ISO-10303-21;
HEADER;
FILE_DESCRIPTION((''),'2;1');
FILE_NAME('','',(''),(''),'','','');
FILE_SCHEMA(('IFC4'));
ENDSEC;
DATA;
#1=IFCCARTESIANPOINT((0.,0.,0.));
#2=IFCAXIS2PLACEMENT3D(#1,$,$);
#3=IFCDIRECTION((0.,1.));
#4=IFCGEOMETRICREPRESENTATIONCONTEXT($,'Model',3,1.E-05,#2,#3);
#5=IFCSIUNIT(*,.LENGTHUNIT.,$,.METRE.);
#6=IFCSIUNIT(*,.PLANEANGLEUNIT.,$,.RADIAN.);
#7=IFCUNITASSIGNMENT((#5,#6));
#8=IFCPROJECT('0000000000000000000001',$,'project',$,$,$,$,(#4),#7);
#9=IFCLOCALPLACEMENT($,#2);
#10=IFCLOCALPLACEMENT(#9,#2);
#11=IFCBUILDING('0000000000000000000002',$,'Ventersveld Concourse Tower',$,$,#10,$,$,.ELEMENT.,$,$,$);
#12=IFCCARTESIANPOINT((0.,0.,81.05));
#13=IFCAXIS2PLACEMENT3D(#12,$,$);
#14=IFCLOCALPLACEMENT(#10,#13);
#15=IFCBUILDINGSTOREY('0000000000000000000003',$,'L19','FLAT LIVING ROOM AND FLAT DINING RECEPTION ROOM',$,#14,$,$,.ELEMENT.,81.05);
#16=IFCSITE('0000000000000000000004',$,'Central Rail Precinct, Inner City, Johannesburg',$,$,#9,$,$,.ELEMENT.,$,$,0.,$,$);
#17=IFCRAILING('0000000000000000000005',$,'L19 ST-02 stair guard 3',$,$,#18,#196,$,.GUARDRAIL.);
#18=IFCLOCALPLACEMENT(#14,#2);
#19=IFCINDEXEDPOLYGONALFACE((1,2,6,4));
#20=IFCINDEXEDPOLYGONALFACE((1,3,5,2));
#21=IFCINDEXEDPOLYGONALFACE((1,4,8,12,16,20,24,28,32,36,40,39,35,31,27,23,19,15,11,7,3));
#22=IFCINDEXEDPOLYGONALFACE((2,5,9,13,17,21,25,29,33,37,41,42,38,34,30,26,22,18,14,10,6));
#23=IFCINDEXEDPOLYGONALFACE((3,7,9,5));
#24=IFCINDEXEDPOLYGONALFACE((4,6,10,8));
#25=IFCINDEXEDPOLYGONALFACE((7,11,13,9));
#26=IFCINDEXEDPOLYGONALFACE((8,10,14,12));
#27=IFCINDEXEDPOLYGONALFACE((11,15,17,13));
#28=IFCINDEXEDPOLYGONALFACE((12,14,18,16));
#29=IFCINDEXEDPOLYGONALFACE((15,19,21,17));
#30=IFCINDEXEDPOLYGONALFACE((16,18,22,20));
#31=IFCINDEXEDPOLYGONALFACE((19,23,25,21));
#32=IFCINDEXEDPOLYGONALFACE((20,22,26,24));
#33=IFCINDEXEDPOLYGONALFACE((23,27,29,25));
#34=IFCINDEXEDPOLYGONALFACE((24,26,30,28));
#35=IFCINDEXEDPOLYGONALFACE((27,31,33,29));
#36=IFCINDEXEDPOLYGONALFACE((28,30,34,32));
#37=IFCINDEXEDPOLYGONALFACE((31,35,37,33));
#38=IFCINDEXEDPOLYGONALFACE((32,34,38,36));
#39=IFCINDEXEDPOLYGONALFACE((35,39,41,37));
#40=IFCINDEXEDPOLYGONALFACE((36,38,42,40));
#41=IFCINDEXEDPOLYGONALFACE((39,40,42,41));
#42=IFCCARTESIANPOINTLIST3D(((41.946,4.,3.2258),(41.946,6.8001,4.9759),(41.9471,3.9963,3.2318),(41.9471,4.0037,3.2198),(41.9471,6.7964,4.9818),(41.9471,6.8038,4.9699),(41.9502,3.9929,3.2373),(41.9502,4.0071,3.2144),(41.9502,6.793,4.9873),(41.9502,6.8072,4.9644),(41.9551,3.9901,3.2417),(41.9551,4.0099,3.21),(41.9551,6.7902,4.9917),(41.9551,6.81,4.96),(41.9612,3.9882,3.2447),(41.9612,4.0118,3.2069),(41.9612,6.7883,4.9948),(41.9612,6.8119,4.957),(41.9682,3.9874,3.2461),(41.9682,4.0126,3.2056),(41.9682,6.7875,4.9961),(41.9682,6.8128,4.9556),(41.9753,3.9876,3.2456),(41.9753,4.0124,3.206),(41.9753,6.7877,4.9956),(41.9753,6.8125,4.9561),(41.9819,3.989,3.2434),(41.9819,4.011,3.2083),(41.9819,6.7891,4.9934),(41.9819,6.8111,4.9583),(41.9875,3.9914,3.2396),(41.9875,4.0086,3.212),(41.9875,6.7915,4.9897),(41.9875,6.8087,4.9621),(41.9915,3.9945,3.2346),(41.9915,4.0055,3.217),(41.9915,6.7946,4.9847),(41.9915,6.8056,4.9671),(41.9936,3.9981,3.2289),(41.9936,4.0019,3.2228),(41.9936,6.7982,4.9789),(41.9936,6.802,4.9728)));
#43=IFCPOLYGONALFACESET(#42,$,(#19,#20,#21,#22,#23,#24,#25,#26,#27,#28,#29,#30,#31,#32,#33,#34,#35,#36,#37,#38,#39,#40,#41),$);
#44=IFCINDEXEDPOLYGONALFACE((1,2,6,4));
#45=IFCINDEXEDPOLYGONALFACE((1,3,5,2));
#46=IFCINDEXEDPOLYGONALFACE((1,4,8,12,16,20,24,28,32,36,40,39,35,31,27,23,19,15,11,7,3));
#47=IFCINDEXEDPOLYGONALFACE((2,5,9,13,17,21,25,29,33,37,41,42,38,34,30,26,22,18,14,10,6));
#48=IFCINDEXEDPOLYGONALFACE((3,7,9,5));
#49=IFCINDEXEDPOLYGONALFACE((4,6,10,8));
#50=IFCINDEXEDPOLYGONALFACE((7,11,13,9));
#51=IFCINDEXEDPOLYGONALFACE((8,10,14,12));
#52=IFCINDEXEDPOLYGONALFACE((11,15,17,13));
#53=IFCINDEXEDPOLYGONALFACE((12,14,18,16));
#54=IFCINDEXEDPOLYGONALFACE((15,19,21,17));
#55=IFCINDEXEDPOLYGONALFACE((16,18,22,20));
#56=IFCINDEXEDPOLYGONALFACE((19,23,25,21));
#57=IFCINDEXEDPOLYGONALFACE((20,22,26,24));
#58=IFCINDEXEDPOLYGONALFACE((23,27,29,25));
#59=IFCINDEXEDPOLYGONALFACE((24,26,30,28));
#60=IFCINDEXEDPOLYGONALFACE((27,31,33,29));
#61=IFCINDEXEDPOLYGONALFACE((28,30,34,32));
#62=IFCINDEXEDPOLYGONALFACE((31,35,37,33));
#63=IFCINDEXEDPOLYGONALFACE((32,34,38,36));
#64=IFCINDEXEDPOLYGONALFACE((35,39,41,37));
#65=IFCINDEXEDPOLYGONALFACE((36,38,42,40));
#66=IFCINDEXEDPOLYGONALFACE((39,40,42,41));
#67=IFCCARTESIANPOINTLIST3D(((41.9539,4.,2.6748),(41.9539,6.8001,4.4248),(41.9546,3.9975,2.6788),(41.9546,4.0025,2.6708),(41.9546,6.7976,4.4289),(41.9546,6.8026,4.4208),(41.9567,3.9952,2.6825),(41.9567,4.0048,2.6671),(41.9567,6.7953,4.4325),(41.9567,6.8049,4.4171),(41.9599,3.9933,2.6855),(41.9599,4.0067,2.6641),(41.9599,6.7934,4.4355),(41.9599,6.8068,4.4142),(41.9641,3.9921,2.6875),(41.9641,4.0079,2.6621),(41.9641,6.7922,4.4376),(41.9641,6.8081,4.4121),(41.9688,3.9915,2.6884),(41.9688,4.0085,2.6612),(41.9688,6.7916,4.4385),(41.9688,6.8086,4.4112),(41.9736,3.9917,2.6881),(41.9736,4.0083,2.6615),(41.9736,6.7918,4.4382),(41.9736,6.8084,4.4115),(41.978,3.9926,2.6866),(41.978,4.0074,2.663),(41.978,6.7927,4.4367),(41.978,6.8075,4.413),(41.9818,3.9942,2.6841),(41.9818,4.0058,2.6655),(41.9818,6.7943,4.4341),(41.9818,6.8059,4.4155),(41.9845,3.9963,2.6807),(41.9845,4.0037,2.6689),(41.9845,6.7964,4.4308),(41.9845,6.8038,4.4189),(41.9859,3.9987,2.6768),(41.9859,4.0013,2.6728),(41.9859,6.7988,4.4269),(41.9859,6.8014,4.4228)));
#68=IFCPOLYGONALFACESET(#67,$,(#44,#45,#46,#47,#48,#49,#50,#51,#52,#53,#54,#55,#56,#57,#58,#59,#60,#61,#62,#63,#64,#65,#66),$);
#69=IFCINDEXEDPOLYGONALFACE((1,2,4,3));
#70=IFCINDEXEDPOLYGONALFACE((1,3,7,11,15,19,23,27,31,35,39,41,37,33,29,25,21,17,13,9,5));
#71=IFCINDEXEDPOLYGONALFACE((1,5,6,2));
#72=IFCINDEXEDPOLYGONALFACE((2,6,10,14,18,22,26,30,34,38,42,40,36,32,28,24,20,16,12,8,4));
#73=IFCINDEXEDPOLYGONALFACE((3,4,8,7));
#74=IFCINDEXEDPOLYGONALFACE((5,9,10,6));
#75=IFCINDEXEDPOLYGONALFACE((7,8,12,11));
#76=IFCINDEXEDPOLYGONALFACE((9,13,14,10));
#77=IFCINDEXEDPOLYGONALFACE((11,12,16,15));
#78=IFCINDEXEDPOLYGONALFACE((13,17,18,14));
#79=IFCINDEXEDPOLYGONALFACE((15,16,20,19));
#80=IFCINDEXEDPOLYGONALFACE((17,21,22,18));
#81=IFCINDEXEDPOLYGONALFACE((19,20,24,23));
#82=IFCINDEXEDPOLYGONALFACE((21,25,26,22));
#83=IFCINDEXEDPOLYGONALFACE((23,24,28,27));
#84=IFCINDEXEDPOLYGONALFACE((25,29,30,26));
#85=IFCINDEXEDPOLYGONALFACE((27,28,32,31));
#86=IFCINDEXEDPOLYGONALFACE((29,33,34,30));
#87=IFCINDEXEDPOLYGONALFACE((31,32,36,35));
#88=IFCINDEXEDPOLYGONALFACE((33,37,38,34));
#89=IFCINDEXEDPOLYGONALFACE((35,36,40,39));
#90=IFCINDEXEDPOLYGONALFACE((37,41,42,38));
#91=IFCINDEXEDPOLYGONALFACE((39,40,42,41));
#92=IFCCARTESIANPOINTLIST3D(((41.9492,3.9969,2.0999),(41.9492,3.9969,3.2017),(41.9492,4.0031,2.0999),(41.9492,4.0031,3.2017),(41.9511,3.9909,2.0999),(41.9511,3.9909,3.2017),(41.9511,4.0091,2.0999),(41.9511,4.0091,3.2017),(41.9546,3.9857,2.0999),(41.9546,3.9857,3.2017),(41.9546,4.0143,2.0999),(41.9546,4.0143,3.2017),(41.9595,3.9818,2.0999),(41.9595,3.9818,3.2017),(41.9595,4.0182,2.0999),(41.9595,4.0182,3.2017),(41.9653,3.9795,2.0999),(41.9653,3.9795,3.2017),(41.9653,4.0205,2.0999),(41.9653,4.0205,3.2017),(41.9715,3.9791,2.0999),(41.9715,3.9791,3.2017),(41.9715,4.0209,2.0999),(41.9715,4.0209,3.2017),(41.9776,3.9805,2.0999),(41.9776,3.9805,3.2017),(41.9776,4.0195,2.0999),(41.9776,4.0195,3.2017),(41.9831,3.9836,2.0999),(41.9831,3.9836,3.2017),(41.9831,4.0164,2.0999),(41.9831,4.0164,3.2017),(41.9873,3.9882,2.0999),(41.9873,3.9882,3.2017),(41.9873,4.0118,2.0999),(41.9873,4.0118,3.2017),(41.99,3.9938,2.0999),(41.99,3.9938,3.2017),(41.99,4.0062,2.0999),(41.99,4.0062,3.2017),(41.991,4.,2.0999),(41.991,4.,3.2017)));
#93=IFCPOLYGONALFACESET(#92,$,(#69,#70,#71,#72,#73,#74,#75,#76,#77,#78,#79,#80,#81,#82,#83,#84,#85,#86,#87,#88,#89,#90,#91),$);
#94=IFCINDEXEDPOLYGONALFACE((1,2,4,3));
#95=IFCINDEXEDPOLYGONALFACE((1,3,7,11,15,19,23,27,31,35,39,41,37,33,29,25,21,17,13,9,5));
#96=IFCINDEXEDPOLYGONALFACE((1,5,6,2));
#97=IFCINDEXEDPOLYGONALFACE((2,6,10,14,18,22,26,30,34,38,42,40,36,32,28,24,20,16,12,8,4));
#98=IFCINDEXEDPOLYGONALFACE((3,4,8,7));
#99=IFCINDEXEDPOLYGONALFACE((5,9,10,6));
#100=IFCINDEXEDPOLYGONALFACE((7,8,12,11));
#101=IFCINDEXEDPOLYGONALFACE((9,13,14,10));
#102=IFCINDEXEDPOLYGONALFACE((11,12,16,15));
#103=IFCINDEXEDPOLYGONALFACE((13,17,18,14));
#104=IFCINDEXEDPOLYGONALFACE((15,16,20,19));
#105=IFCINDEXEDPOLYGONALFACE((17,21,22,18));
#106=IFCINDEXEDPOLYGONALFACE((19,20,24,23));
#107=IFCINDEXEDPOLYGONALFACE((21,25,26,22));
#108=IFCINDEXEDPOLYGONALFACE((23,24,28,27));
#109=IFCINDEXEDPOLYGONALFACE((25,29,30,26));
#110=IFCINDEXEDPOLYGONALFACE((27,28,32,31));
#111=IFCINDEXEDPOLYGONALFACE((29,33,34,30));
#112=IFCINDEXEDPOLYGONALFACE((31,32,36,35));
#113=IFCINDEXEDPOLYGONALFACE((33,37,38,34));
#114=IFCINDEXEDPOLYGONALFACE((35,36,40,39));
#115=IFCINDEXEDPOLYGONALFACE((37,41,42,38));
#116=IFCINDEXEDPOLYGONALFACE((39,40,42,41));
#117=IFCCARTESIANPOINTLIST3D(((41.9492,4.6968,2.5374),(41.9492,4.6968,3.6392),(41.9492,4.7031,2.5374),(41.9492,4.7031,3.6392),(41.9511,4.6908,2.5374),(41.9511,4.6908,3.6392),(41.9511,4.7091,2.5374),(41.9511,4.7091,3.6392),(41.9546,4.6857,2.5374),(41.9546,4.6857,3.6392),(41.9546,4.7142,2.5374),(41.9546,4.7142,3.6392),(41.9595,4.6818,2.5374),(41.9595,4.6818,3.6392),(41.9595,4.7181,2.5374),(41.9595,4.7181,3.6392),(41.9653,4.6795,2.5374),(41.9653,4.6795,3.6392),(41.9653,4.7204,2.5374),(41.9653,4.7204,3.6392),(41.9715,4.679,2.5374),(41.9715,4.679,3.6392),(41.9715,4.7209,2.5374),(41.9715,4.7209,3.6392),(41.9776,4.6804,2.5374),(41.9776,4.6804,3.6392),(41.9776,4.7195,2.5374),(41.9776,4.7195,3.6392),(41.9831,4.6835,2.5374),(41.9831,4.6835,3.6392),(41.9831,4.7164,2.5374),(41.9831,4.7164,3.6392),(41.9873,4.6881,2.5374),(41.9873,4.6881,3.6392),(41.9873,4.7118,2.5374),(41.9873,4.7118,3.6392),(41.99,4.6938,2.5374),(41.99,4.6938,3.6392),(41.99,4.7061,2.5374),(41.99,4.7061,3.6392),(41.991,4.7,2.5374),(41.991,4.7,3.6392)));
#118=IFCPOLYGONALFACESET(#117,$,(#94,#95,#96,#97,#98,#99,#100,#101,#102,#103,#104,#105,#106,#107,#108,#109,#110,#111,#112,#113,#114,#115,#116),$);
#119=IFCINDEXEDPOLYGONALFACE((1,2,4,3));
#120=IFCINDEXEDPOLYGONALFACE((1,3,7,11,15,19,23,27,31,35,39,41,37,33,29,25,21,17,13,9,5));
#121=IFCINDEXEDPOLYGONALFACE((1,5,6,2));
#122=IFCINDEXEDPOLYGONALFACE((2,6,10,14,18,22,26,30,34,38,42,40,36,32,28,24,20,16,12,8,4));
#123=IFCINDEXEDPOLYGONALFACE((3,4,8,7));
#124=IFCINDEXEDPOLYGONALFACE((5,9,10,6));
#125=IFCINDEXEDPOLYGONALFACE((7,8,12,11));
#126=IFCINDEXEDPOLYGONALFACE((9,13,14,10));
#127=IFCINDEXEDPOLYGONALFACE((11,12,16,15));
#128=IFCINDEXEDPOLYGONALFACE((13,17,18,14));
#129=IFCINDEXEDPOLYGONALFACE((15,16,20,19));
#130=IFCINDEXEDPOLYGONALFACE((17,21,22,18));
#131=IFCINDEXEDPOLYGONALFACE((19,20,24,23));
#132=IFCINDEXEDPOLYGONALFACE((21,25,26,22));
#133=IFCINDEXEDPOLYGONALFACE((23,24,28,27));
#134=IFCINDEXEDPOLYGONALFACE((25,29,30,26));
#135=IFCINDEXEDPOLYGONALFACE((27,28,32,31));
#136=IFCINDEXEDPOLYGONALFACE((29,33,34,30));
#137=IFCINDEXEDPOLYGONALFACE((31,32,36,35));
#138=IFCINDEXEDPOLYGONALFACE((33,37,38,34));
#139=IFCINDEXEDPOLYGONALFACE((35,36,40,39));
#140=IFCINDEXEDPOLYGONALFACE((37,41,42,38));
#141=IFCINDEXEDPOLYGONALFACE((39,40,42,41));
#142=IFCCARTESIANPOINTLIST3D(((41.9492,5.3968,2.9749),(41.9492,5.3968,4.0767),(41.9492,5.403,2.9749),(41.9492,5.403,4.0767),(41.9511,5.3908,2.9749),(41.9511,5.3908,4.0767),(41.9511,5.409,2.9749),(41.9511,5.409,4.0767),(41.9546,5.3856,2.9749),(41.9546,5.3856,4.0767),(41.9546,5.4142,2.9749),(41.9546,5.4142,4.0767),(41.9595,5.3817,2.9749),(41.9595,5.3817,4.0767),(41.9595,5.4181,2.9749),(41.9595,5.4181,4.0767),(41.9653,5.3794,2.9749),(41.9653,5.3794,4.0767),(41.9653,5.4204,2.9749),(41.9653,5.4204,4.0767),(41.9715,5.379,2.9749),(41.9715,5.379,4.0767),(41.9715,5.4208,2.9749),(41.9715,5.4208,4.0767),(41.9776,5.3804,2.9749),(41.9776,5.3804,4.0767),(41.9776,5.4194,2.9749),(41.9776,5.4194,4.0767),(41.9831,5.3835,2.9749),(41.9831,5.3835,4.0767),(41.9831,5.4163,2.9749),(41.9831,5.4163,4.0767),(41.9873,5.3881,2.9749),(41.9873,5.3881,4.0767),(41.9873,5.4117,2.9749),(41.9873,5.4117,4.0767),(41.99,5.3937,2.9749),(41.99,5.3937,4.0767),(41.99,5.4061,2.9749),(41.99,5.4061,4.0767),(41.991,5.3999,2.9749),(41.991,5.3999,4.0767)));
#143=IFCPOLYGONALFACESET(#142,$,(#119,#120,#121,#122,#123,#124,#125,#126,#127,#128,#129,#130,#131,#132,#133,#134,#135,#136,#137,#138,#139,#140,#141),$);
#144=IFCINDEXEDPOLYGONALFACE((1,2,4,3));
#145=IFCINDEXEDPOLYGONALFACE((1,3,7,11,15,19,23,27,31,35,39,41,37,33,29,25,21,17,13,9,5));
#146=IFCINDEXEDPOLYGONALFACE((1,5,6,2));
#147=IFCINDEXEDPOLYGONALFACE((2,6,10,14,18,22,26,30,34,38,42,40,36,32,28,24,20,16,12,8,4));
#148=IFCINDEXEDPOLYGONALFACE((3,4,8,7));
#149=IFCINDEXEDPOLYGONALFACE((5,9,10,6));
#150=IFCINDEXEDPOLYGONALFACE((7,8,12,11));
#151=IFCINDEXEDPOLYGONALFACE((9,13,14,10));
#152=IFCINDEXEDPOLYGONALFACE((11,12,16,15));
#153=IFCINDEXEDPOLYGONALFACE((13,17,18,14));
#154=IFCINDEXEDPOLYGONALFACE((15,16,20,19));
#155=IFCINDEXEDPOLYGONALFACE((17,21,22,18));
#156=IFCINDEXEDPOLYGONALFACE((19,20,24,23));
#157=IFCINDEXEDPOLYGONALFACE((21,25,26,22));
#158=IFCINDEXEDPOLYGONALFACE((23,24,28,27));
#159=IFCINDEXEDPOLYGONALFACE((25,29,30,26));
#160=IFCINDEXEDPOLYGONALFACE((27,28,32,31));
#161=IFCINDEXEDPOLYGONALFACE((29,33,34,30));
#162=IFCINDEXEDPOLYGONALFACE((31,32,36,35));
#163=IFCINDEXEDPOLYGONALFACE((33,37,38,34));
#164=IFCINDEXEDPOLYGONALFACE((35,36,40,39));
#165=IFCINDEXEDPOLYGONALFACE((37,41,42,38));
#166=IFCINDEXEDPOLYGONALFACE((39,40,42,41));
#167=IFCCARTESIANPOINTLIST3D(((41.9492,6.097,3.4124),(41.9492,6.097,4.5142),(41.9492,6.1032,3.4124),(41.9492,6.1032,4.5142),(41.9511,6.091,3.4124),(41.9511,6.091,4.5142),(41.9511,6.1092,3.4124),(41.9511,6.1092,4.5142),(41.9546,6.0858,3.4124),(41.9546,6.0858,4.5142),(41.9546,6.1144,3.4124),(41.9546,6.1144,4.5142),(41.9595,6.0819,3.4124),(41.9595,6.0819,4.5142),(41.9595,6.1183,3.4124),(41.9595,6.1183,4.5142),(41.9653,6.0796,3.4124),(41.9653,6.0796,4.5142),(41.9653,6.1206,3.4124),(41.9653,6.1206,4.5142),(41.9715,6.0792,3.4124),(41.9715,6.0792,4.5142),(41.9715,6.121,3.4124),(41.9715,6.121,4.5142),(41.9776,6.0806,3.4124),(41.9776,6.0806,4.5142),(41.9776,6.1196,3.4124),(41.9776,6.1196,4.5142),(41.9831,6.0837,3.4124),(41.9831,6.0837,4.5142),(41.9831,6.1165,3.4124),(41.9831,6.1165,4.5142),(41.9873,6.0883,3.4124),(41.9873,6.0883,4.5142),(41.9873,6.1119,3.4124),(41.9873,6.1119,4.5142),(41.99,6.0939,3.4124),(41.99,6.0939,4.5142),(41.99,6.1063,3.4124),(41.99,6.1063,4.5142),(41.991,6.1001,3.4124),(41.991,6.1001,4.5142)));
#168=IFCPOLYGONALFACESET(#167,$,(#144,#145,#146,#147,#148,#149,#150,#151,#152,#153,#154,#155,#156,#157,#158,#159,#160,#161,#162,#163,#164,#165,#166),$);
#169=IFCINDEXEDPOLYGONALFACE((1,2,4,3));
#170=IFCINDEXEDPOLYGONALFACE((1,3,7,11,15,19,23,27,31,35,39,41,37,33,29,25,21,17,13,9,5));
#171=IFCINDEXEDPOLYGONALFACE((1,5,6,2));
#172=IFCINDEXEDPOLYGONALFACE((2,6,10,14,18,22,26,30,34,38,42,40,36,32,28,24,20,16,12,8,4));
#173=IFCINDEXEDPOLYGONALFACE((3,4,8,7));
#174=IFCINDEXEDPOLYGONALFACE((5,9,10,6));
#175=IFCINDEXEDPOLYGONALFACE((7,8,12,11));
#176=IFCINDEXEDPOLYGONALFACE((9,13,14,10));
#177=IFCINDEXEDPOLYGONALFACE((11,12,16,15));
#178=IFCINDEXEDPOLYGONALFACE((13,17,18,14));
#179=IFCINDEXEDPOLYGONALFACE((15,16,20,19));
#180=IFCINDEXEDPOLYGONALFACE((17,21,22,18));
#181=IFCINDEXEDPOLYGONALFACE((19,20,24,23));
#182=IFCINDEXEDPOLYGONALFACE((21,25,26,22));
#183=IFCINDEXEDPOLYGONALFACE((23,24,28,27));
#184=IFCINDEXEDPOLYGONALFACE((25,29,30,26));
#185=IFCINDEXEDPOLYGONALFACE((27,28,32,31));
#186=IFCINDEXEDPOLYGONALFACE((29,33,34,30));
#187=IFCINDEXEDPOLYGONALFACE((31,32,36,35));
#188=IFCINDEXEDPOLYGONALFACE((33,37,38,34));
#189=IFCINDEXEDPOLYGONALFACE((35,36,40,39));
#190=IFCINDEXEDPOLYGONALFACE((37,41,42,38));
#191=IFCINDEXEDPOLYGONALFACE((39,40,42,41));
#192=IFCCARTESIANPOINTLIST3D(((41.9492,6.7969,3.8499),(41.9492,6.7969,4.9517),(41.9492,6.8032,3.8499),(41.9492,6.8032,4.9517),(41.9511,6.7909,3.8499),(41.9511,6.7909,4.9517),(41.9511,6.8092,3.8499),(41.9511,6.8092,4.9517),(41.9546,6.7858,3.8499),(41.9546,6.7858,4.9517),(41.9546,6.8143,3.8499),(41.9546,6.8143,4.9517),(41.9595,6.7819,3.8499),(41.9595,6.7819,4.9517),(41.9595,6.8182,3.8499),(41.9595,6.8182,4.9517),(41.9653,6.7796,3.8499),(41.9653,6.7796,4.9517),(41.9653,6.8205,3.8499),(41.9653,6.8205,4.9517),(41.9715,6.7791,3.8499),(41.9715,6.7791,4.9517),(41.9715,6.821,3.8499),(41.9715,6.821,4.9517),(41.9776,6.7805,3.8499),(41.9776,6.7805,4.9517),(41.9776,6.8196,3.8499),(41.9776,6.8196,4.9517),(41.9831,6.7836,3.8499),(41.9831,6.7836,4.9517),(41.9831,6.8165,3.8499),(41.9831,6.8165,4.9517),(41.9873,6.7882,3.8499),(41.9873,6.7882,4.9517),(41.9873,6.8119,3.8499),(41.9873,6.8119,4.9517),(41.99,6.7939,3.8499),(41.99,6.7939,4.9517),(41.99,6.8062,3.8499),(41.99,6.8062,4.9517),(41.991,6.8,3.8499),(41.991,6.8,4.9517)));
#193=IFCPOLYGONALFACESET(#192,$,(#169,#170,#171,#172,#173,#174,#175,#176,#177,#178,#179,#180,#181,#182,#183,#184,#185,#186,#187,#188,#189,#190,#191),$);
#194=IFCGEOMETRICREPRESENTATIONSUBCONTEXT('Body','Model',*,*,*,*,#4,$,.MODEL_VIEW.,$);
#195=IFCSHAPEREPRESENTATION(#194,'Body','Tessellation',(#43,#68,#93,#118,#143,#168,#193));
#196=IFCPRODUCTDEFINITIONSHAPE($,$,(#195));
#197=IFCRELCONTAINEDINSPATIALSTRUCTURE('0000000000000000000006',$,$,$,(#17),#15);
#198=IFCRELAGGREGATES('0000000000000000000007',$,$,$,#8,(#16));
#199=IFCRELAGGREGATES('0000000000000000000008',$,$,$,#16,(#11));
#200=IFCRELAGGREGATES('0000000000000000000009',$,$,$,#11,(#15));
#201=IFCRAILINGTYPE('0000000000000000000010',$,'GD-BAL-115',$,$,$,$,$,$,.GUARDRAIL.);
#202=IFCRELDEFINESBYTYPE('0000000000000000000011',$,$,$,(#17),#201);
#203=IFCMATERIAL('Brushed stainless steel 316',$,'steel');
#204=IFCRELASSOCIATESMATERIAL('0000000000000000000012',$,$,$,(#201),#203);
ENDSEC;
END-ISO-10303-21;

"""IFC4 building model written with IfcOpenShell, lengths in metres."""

from ifc_helpers import new_model, si_unit, direction, frame, origin, origin_2d, place, context, subcontext, project, spatial, circle, extrude, material, type_object, element, save


model = new_model("IFC4")

# Units and contexts
model_context = context("Model", 3, precision=1e-05, world=origin(), true_north=direction((0.0, 1.0)))
body_context = subcontext(model_context, "Body", "Model", "MODEL_VIEW")
ifc_project = project(units=[si_unit("LENGTHUNIT", "METRE"), si_unit("PLANEANGLEUNIT", "RADIAN")], contexts=[model_context])

# Site, building, storey
site_placement = place(None, origin())
site = spatial("IfcSite", under=ifc_project, at=site_placement, Name="Central Rail Precinct, Inner City, Johannesburg", CompositionType="ELEMENT", RefElevation=0.0)
building_placement = place(site_placement, origin())
building = spatial("IfcBuilding", under=site, at=building_placement, Name="Ventersveld Concourse Tower", CompositionType="ELEMENT")
storey_placement = place(building_placement, frame((0.0, 0.0, 81.05)))
storey = spatial("IfcBuildingStorey", under=building, at=storey_placement, Name="L19", Description="FLAT LIVING ROOM AND FLAT DINING RECEPTION ROOM", CompositionType="ELEMENT", Elevation=81.05)

# Railing
ifc_material_1 = material(Name="Brushed stainless steel 316", Category="steel")
railing_type_1 = type_object("IfcRailingType", Name="GD-BAL-115", PredefinedType="GUARDRAIL", material=ifc_material_1)
railing_1_placement = place(storey_placement, frame((41.97, 4.0, 2.0999)))
element("IfcRailing", 1, at=railing_1_placement, inside=storey, type_object=railing_type_1, Name="L19 ST-02 stair guard 3", PredefinedType="GUARDRAIL", context=body_context, shape_type="SweptSolid", body=[
    extrude(circle(Radius=0.0239, at=origin_2d()), frame((0.0, 0.0, 1.126), z_axis=(0.0, 0.848002, 0.529992), x_axis=(-1.0, 0.0, 0.0)), (0.0, 0.0, 1.0), 3.302),
    extrude(circle(Radius=0.0161, at=origin_2d()), frame((0.0, 0.0, 0.575), z_axis=(0.0, 0.848002, 0.529992), x_axis=(-1.0, 0.0, 0.0)), (0.0, 0.0, 1.0), 3.302),
    extrude(circle(Radius=0.021, at=origin_2d()), origin(), (0.0, 0.0, 1.0), 1.1018),
    extrude(circle(Radius=0.021, at=origin_2d()), frame((0.0, 0.7, 0.4375)), (0.0, 0.0, 1.0), 1.1018),
    extrude(circle(Radius=0.021, at=origin_2d()), frame((0.0, 1.3999, 0.875)), (0.0, 0.0, 1.0), 1.1018),
    extrude(circle(Radius=0.021, at=origin_2d()), frame((0.0, 2.1001, 1.3125)), (0.0, 0.0, 1.0), 1.1018),
    extrude(circle(Radius=0.021, at=origin_2d()), frame((0.0, 2.8, 1.75)), (0.0, 0.0, 1.0), 1.1018),
])

save(model, "model.ifc")
